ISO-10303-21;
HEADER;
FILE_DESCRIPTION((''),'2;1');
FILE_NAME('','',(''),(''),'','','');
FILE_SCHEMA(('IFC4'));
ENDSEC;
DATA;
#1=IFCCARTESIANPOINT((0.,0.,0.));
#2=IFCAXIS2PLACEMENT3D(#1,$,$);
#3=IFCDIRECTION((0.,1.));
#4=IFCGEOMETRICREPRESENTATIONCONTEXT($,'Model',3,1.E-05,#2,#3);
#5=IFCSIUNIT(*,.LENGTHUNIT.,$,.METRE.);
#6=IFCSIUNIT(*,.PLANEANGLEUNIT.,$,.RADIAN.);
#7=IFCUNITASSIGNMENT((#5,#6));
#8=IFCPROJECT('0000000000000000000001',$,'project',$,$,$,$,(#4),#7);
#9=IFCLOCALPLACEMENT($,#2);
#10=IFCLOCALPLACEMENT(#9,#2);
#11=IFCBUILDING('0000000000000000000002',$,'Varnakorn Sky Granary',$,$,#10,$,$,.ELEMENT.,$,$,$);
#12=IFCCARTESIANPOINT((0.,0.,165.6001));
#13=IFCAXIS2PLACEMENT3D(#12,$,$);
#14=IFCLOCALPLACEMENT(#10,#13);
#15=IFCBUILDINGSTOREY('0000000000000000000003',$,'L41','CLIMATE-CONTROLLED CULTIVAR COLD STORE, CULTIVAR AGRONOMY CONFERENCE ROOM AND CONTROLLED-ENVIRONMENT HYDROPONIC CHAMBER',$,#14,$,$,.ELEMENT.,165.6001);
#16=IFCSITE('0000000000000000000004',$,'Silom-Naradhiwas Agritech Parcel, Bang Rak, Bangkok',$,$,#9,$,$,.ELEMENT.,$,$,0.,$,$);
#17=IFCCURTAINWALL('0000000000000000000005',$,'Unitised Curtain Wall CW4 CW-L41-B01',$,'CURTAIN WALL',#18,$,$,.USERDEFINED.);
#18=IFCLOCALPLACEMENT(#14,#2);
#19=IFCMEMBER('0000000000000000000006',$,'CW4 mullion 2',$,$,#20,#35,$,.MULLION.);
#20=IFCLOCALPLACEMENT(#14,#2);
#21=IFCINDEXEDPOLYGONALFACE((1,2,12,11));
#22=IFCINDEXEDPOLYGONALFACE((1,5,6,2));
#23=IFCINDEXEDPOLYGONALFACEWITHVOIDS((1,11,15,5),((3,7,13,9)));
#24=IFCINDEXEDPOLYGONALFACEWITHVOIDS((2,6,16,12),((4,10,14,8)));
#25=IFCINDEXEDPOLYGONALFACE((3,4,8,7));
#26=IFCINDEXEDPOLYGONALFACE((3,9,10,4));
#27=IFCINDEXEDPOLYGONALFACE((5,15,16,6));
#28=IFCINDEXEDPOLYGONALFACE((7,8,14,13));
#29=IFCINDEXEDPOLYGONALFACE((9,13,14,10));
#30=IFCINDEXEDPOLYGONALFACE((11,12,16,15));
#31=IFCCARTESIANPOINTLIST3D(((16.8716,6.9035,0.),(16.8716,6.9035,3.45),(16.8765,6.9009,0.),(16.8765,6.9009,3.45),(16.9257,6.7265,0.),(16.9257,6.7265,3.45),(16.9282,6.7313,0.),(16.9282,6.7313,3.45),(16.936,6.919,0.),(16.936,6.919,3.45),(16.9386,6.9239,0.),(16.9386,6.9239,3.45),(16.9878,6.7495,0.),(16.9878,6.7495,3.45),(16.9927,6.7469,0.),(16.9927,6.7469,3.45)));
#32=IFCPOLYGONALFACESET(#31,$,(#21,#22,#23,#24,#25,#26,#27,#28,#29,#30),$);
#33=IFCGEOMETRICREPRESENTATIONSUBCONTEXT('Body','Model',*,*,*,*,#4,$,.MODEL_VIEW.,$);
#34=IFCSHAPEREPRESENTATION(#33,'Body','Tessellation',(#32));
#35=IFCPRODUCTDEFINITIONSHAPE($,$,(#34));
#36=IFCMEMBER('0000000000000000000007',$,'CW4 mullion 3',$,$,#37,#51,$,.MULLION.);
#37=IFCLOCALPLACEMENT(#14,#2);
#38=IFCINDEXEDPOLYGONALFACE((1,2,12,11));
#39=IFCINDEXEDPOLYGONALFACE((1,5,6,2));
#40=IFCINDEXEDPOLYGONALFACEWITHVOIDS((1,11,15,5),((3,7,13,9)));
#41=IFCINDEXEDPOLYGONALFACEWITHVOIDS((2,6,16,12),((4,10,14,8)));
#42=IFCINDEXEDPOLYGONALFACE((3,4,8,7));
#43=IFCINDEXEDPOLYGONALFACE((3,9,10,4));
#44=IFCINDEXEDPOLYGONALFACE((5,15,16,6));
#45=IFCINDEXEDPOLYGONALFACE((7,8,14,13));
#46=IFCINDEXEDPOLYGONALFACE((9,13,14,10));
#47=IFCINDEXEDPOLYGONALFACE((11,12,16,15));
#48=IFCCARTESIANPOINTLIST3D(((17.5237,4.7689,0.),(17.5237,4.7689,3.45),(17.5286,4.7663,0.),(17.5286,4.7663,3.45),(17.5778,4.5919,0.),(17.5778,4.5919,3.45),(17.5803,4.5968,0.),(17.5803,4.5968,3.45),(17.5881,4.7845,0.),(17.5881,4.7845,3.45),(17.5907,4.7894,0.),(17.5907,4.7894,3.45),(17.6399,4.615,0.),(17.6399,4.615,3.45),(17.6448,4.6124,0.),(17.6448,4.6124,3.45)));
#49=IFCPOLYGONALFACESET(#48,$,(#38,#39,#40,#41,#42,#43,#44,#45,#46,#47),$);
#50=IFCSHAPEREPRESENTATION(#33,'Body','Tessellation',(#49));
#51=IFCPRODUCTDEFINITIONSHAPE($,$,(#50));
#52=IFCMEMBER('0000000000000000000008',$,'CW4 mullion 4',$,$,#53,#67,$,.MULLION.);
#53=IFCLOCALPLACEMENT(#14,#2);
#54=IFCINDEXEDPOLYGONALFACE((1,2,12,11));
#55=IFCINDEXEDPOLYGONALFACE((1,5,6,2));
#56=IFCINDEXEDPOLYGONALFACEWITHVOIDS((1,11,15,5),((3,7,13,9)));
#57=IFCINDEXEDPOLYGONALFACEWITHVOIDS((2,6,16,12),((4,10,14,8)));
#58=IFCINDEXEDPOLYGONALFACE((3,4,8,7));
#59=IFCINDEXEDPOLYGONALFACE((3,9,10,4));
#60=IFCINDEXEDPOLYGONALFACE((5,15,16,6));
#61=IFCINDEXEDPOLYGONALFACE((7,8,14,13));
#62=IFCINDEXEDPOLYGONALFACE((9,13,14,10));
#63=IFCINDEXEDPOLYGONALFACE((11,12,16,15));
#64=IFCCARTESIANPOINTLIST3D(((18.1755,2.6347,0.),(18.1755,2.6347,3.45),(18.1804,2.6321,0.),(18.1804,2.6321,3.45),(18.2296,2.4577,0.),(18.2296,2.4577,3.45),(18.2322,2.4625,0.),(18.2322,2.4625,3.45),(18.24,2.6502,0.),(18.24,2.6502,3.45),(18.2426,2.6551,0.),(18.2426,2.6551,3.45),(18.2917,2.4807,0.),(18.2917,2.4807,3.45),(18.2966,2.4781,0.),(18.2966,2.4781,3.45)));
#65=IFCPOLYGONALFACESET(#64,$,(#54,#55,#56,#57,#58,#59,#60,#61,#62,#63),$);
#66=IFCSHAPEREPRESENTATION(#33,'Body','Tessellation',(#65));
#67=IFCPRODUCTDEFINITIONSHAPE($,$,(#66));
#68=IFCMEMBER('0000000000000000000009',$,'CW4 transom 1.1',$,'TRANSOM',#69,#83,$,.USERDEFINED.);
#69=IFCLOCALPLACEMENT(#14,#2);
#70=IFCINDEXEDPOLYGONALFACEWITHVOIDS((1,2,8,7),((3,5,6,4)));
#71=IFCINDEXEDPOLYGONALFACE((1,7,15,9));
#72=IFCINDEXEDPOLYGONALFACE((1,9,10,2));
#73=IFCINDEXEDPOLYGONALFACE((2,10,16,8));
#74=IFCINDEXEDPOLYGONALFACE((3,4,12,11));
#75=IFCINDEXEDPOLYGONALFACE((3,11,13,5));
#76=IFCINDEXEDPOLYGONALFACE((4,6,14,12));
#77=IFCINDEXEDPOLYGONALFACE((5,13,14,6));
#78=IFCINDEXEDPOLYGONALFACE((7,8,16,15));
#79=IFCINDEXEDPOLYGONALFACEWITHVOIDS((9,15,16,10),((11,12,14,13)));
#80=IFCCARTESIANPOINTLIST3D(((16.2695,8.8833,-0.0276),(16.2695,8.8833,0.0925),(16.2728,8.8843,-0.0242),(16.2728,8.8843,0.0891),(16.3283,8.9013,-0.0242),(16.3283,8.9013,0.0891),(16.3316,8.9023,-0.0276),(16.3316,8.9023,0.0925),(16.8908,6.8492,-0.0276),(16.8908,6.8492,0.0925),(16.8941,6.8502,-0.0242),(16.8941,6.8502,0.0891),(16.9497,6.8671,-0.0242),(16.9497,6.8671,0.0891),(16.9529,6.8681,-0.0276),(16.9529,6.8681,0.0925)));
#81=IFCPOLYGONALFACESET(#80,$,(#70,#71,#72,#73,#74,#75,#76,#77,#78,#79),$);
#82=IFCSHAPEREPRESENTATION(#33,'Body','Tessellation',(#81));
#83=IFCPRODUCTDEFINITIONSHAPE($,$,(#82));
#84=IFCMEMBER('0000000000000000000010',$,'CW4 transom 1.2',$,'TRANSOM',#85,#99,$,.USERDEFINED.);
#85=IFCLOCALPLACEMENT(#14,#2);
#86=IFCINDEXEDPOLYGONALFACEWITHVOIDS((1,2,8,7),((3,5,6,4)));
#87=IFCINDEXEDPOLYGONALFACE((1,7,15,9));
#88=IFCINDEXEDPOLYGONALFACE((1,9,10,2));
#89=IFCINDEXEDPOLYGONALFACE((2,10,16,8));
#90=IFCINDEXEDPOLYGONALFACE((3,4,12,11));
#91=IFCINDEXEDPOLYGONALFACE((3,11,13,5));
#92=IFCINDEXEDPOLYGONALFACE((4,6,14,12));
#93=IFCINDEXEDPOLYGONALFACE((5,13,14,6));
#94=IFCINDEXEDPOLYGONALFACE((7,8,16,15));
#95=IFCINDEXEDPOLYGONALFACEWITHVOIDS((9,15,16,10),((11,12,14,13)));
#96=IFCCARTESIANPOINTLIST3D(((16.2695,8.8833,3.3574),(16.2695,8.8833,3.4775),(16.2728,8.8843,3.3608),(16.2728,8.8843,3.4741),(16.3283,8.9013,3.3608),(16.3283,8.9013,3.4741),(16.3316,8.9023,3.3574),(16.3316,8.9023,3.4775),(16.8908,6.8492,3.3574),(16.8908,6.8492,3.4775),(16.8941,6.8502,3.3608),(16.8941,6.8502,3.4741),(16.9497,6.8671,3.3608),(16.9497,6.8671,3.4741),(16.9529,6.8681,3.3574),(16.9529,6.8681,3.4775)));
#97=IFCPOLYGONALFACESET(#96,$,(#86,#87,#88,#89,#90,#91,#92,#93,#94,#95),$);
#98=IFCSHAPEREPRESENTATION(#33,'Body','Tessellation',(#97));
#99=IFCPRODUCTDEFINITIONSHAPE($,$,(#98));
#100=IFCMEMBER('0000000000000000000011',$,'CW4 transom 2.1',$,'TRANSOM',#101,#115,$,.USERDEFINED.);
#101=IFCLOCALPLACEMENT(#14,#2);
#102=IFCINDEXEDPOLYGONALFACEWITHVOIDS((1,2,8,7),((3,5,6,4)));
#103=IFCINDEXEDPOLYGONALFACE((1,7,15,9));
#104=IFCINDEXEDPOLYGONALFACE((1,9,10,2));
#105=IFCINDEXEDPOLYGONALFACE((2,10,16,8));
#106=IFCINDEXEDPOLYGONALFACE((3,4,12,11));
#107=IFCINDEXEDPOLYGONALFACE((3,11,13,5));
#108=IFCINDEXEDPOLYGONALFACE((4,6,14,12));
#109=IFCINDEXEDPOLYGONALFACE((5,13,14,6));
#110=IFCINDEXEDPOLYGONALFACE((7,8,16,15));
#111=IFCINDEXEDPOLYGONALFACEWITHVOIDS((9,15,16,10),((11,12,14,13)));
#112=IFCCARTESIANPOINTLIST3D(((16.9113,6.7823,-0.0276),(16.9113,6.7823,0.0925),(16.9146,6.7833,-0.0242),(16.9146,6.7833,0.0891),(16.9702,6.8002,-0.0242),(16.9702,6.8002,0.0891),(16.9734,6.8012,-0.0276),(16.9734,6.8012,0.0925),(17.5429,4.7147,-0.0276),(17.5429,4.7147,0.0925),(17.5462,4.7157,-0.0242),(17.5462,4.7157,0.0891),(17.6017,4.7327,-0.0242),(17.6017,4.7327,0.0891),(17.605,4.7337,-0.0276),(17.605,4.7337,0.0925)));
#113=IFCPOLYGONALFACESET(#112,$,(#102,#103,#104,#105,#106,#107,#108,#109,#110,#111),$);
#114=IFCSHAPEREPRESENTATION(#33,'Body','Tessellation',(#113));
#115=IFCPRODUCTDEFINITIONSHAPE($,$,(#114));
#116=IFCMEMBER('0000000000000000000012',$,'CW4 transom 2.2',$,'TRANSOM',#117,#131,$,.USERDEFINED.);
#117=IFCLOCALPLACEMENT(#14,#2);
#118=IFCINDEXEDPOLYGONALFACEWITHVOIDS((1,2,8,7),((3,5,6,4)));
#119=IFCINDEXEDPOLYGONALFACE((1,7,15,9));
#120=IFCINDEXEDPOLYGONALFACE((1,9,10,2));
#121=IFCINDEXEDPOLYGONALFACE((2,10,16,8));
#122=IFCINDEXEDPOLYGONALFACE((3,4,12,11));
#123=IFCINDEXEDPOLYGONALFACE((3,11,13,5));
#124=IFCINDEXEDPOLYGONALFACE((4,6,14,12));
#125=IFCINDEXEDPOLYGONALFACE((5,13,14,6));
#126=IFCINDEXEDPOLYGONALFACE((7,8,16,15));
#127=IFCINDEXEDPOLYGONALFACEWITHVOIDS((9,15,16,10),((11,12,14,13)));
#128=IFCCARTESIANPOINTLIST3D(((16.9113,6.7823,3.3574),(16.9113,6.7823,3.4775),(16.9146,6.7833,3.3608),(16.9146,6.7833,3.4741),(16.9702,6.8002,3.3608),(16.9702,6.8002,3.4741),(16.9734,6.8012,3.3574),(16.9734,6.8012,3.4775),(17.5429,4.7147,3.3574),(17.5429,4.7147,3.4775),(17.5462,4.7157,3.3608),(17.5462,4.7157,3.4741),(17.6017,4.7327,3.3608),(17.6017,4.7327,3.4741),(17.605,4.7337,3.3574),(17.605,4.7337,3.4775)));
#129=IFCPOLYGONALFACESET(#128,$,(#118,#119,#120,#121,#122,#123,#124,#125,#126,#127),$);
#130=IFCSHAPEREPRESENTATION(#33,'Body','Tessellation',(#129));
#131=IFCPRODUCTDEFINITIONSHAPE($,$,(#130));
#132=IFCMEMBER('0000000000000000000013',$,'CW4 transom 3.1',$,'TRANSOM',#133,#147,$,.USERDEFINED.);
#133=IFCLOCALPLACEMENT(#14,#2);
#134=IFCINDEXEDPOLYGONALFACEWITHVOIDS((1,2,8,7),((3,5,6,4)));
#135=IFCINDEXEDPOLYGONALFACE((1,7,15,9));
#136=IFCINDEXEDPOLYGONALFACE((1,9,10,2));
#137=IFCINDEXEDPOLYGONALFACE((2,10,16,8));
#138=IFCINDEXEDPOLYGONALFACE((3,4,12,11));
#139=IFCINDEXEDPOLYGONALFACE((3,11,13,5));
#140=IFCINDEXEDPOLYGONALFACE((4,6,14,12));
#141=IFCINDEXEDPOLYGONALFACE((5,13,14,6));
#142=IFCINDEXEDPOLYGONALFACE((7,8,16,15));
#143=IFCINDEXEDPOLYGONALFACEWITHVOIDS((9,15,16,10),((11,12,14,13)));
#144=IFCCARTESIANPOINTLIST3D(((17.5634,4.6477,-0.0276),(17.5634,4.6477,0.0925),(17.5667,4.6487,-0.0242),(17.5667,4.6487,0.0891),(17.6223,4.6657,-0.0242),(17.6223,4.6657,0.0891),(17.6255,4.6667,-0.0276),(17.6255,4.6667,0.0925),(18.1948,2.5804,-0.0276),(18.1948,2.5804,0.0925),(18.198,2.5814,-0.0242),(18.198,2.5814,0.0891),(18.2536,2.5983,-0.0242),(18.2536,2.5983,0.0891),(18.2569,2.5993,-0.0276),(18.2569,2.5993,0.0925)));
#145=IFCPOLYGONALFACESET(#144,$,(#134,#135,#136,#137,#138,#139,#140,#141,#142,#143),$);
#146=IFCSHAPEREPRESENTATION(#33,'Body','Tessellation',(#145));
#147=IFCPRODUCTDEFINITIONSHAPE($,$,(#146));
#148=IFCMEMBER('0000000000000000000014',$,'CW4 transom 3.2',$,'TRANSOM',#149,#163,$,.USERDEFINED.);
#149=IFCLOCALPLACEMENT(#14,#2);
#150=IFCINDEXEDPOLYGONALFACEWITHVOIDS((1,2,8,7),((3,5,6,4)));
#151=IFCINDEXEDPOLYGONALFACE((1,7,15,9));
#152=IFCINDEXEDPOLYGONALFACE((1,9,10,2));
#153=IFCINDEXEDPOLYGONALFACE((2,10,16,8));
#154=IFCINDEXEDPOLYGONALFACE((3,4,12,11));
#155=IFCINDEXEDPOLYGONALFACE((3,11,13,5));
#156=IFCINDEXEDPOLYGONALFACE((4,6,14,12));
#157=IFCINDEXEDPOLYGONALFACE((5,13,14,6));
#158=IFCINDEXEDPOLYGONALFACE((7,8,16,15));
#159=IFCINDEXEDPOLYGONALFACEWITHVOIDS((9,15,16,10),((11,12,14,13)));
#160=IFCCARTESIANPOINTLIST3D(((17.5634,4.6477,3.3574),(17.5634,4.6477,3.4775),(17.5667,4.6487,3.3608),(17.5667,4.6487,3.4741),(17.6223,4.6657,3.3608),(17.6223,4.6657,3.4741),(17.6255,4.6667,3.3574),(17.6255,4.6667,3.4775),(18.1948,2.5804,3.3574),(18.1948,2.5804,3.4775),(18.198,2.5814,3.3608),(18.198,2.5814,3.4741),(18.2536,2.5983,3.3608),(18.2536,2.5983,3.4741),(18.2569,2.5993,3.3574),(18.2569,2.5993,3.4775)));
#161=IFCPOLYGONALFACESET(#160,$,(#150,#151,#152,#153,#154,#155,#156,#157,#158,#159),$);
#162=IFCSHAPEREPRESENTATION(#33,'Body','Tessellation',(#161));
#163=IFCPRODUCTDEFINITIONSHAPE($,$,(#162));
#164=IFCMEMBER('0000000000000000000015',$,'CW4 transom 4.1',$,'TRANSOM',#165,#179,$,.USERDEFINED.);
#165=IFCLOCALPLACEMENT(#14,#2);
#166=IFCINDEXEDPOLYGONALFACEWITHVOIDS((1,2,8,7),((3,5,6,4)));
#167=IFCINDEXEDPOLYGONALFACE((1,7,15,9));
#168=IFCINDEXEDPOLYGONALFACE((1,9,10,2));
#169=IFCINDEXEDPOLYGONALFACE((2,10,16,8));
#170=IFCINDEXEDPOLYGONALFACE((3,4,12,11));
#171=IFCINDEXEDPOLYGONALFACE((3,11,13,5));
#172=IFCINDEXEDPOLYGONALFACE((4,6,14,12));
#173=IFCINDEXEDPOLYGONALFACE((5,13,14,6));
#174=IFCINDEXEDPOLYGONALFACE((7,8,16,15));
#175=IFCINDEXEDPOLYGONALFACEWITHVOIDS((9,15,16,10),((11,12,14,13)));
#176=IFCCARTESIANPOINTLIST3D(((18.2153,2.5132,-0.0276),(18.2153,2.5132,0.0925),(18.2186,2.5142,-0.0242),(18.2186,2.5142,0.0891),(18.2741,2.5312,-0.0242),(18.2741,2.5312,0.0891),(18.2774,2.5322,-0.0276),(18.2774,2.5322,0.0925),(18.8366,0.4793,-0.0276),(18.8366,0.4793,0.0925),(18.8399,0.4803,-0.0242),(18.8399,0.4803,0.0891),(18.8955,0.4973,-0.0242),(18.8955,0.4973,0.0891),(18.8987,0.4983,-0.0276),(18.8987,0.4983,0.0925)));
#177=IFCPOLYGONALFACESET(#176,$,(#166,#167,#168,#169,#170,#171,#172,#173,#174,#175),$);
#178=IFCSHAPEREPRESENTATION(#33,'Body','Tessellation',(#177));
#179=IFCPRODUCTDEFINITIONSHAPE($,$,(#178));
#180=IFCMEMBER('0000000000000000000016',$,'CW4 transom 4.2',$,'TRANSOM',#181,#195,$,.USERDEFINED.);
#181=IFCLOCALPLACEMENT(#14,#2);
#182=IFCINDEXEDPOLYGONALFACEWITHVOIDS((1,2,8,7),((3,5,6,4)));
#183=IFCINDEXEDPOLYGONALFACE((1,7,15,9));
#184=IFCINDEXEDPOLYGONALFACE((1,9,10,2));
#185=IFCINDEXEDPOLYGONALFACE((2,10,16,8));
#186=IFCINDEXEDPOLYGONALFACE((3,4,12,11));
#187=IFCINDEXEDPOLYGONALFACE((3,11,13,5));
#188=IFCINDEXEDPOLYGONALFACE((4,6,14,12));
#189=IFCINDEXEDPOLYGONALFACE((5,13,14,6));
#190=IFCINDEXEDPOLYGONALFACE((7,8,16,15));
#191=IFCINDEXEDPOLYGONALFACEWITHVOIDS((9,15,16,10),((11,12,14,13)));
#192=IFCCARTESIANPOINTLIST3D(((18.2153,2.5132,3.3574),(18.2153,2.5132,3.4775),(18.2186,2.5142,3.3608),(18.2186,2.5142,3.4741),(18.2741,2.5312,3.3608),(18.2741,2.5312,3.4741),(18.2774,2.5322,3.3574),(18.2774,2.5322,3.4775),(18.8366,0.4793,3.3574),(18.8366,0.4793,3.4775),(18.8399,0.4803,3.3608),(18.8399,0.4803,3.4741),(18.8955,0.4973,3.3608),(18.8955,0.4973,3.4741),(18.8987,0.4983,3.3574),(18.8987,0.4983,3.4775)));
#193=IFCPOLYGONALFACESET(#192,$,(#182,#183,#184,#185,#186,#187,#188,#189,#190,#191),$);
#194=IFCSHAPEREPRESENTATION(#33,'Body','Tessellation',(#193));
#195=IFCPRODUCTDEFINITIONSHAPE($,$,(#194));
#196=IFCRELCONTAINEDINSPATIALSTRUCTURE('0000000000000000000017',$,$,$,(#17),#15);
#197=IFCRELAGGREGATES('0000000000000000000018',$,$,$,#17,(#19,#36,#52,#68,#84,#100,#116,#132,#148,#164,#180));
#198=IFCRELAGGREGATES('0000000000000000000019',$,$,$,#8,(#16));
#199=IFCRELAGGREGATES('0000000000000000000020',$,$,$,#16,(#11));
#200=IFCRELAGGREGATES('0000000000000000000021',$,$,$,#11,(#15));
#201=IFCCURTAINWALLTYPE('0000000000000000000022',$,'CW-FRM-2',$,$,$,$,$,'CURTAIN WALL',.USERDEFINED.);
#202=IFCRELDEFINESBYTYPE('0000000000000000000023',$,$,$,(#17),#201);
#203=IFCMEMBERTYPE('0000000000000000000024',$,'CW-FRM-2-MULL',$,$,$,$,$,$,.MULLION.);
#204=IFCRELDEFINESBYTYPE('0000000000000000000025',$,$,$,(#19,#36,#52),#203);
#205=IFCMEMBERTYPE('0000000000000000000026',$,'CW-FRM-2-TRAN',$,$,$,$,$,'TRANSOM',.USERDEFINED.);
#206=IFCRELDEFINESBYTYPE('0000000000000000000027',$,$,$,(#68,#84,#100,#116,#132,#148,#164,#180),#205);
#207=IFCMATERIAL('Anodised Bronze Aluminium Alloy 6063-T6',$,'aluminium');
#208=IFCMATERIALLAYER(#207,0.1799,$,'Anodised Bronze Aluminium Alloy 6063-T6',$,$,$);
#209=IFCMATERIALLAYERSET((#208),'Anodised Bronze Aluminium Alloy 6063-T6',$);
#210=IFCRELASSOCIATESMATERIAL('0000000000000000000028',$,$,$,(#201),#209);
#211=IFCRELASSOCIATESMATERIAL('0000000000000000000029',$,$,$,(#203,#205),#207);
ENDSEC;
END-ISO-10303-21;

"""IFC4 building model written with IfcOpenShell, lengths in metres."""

from ifc_helpers import new_model, si_unit, direction, frame, origin, origin_2d, place, context, subcontext, project, spatial, hollow_rectangle, extrude, material, layer, layer_set, material_profile, profile_set, type_object, element, aggregate, save


model = new_model("IFC4")

# Units and contexts
model_context = context("Model", 3, precision=1e-05, world=origin(), true_north=direction((0.0, 1.0)))
body_context = subcontext(model_context, "Body", "Model", "MODEL_VIEW")
ifc_project = project(units=[si_unit("LENGTHUNIT", "METRE"), si_unit("PLANEANGLEUNIT", "RADIAN")], contexts=[model_context])

# Site, building, storey
site_placement = place(None, origin())
site = spatial("IfcSite", under=ifc_project, at=site_placement, Name="Silom-Naradhiwas Agritech Parcel, Bang Rak, Bangkok", CompositionType="ELEMENT", RefElevation=0.0)
building_placement = place(site_placement, origin())
building = spatial("IfcBuilding", under=site, at=building_placement, Name="Varnakorn Sky Granary", CompositionType="ELEMENT")
storey_placement = place(building_placement, frame((0.0, 0.0, 165.6001)))
storey = spatial("IfcBuildingStorey", under=building, at=storey_placement, Name="L41", Description="CLIMATE-CONTROLLED CULTIVAR COLD STORE, CULTIVAR AGRONOMY CONFERENCE ROOM AND CONTROLLED-ENVIRONMENT HYDROPONIC CHAMBER", CompositionType="ELEMENT", Elevation=165.6001)

# Curtain wall, members
ifc_material_1 = material(Name="Anodised Bronze Aluminium Alloy 6063-T6", Category="aluminium")
ifc_layer_1 = layer(ifc_material_1, 0.1799, Name="Anodised Bronze Aluminium Alloy 6063-T6")
ifc_layer_set_1 = layer_set([ifc_layer_1], Name="Anodised Bronze Aluminium Alloy 6063-T6")
curtain_wall_type = type_object("IfcCurtainWallType", Name="CW-FRM-2", ElementType="CURTAIN WALL", PredefinedType="USERDEFINED", material=ifc_layer_set_1)
curtain_wall_placement = place(storey_placement, origin())
curtain_wall = element("IfcCurtainWall", 1, at=curtain_wall_placement, inside=storey, type_object=curtain_wall_type, Name="Unitised Curtain Wall CW4 CW-L41-B01", ObjectType="CURTAIN WALL", PredefinedType="USERDEFINED")
ifc_material_profile_1 = material_profile(ifc_material_1, hollow_rectangle(XDim=0.0701, YDim=0.1851, WallThickness=0.0039, at=origin_2d()), Name="ALU MULL 70x185")
ifc_profile_set_1 = profile_set([ifc_material_profile_1], Name="Anodised Bronze Aluminium Alloy 6063-T6")
member_type_1 = type_object("IfcMemberType", Name="CW-FRM-2-MULL", PredefinedType="MULLION", material=ifc_profile_set_1)
member_1_placement = place(storey_placement, frame((16.9321, 6.8252, 0.0), z_axis=(0.0, 0.0, 1.0), x_axis=(0.956374, 0.292147, 0.0)))
member_1 = element("IfcMember", 2, at=member_1_placement, type_object=member_type_1, Name="CW4 mullion 2", PredefinedType="MULLION", context=body_context, shape_type="SweptSolid", body=[
    extrude(hollow_rectangle(XDim=0.0701, YDim=0.1851, WallThickness=0.0039, at=origin_2d()), origin(), (0.0, 0.0, 1.0), 3.45),
])
member_2_placement = place(storey_placement, frame((17.5842, 4.6907, 0.0), z_axis=(0.0, 0.0, 1.0), x_axis=(0.956374, 0.292147, 0.0)))
member_2 = element("IfcMember", 3, at=member_2_placement, type_object=member_type_1, Name="CW4 mullion 3", PredefinedType="MULLION", context=body_context, shape_type="SweptSolid", body=[
    extrude(hollow_rectangle(XDim=0.0701, YDim=0.1851, WallThickness=0.0039, at=origin_2d()), origin(), (0.0, 0.0, 1.0), 3.45),
])
member_3_placement = place(storey_placement, frame((18.2361, 2.5564, 0.0), z_axis=(0.0, 0.0, 1.0), x_axis=(0.956374, 0.292147, 0.0)))
member_3 = element("IfcMember", 4, at=member_3_placement, type_object=member_type_1, Name="CW4 mullion 4", PredefinedType="MULLION", context=body_context, shape_type="SweptSolid", body=[
    extrude(hollow_rectangle(XDim=0.0701, YDim=0.1851, WallThickness=0.0039, at=origin_2d()), origin(), (0.0, 0.0, 1.0), 3.45),
])
ifc_material_profile_2 = material_profile(ifc_material_1, hollow_rectangle(XDim=0.0649, YDim=0.1201, WallThickness=0.0034, at=origin_2d()), Name="ALU TRAN 65x120")
ifc_profile_set_2 = profile_set([ifc_material_profile_2], Name="Anodised Bronze Aluminium Alloy 6063-T6")
member_type_2 = type_object("IfcMemberType", Name="CW-FRM-2-TRAN", ElementType="TRANSOM", PredefinedType="USERDEFINED", material=ifc_profile_set_2)
member_4_placement = place(storey_placement, frame((16.3005, 8.8928, 0.0325), z_axis=(0.292125, -0.95638, 0.0), x_axis=(0.95638, 0.292125, 0.0)))
member_4 = element("IfcMember", 5, at=member_4_placement, type_object=member_type_2, Name="CW4 transom 1.1", ObjectType="TRANSOM", PredefinedType="USERDEFINED", context=body_context, shape_type="SweptSolid", body=[
    extrude(hollow_rectangle(XDim=0.0649, YDim=0.1201, WallThickness=0.0034, at=origin_2d()), origin(), (0.0, 0.0, 1.0), 2.127),
])
member_5_placement = place(storey_placement, frame((16.3005, 8.8928, 3.4175), z_axis=(0.292125, -0.95638, 0.0), x_axis=(0.95638, 0.292125, 0.0)))
member_5 = element("IfcMember", 6, at=member_5_placement, type_object=member_type_2, Name="CW4 transom 1.2", ObjectType="TRANSOM", PredefinedType="USERDEFINED", context=body_context, shape_type="SweptSolid", body=[
    extrude(hollow_rectangle(XDim=0.0649, YDim=0.1201, WallThickness=0.0034, at=origin_2d()), origin(), (0.0, 0.0, 1.0), 2.127),
])
member_6_placement = place(storey_placement, frame((16.9424, 6.7917, 0.0325), z_axis=(0.292141, -0.956375, 0.0), x_axis=(0.956375, 0.292141, 0.0)))
member_6 = element("IfcMember", 7, at=member_6_placement, type_object=member_type_2, Name="CW4 transom 2.1", ObjectType="TRANSOM", PredefinedType="USERDEFINED", context=body_context, shape_type="SweptSolid", body=[
    extrude(hollow_rectangle(XDim=0.0649, YDim=0.1201, WallThickness=0.0034, at=origin_2d()), origin(), (0.0, 0.0, 1.0), 2.1619),
])
member_7_placement = place(storey_placement, frame((16.9424, 6.7917, 3.4175), z_axis=(0.292141, -0.956375, 0.0), x_axis=(0.956375, 0.292141, 0.0)))
member_7 = element("IfcMember", 8, at=member_7_placement, type_object=member_type_2, Name="CW4 transom 2.2", ObjectType="TRANSOM", PredefinedType="USERDEFINED", context=body_context, shape_type="SweptSolid", body=[
    extrude(hollow_rectangle(XDim=0.0649, YDim=0.1201, WallThickness=0.0034, at=origin_2d()), origin(), (0.0, 0.0, 1.0), 2.1619),
])
member_8_placement = place(storey_placement, frame((17.5945, 4.6572, 0.0325), z_axis=(0.292069, -0.956397, 0.0), x_axis=(0.956397, 0.292069, 0.0)))
member_8 = element("IfcMember", 9, at=member_8_placement, type_object=member_type_2, Name="CW4 transom 3.1", ObjectType="TRANSOM", PredefinedType="USERDEFINED", context=body_context, shape_type="SweptSolid", body=[
    extrude(hollow_rectangle(XDim=0.0649, YDim=0.1201, WallThickness=0.0034, at=origin_2d()), origin(), (0.0, 0.0, 1.0), 2.1616),
])
member_9_placement = place(storey_placement, frame((17.5945, 4.6572, 3.4175), z_axis=(0.292069, -0.956397, 0.0), x_axis=(0.956397, 0.292069, 0.0)))
member_9 = element("IfcMember", 10, at=member_9_placement, type_object=member_type_2, Name="CW4 transom 3.2", ObjectType="TRANSOM", PredefinedType="USERDEFINED", context=body_context, shape_type="SweptSolid", body=[
    extrude(hollow_rectangle(XDim=0.0649, YDim=0.1201, WallThickness=0.0034, at=origin_2d()), origin(), (0.0, 0.0, 1.0), 2.1616),
])
member_10_placement = place(storey_placement, frame((18.2463, 2.5227, 0.0325), z_axis=(0.292157, -0.95637, 0.0), x_axis=(0.95637, 0.292157, 0.0)))
member_10 = element("IfcMember", 11, at=member_10_placement, type_object=member_type_2, Name="CW4 transom 4.1", ObjectType="TRANSOM", PredefinedType="USERDEFINED", context=body_context, shape_type="SweptSolid", body=[
    extrude(hollow_rectangle(XDim=0.0649, YDim=0.1201, WallThickness=0.0034, at=origin_2d()), origin(), (0.0, 0.0, 1.0), 2.1267),
])
member_11_placement = place(storey_placement, frame((18.2463, 2.5227, 3.4175), z_axis=(0.292157, -0.95637, 0.0), x_axis=(0.95637, 0.292157, 0.0)))
member_11 = element("IfcMember", 12, at=member_11_placement, type_object=member_type_2, Name="CW4 transom 4.2", ObjectType="TRANSOM", PredefinedType="USERDEFINED", context=body_context, shape_type="SweptSolid", body=[
    extrude(hollow_rectangle(XDim=0.0649, YDim=0.1201, WallThickness=0.0034, at=origin_2d()), origin(), (0.0, 0.0, 1.0), 2.1267),
])

aggregate(curtain_wall, [member_1, member_2, member_3, member_4, member_5, member_6, member_7, member_8, member_9, member_10, member_11])

save(model, "model.ifc")
